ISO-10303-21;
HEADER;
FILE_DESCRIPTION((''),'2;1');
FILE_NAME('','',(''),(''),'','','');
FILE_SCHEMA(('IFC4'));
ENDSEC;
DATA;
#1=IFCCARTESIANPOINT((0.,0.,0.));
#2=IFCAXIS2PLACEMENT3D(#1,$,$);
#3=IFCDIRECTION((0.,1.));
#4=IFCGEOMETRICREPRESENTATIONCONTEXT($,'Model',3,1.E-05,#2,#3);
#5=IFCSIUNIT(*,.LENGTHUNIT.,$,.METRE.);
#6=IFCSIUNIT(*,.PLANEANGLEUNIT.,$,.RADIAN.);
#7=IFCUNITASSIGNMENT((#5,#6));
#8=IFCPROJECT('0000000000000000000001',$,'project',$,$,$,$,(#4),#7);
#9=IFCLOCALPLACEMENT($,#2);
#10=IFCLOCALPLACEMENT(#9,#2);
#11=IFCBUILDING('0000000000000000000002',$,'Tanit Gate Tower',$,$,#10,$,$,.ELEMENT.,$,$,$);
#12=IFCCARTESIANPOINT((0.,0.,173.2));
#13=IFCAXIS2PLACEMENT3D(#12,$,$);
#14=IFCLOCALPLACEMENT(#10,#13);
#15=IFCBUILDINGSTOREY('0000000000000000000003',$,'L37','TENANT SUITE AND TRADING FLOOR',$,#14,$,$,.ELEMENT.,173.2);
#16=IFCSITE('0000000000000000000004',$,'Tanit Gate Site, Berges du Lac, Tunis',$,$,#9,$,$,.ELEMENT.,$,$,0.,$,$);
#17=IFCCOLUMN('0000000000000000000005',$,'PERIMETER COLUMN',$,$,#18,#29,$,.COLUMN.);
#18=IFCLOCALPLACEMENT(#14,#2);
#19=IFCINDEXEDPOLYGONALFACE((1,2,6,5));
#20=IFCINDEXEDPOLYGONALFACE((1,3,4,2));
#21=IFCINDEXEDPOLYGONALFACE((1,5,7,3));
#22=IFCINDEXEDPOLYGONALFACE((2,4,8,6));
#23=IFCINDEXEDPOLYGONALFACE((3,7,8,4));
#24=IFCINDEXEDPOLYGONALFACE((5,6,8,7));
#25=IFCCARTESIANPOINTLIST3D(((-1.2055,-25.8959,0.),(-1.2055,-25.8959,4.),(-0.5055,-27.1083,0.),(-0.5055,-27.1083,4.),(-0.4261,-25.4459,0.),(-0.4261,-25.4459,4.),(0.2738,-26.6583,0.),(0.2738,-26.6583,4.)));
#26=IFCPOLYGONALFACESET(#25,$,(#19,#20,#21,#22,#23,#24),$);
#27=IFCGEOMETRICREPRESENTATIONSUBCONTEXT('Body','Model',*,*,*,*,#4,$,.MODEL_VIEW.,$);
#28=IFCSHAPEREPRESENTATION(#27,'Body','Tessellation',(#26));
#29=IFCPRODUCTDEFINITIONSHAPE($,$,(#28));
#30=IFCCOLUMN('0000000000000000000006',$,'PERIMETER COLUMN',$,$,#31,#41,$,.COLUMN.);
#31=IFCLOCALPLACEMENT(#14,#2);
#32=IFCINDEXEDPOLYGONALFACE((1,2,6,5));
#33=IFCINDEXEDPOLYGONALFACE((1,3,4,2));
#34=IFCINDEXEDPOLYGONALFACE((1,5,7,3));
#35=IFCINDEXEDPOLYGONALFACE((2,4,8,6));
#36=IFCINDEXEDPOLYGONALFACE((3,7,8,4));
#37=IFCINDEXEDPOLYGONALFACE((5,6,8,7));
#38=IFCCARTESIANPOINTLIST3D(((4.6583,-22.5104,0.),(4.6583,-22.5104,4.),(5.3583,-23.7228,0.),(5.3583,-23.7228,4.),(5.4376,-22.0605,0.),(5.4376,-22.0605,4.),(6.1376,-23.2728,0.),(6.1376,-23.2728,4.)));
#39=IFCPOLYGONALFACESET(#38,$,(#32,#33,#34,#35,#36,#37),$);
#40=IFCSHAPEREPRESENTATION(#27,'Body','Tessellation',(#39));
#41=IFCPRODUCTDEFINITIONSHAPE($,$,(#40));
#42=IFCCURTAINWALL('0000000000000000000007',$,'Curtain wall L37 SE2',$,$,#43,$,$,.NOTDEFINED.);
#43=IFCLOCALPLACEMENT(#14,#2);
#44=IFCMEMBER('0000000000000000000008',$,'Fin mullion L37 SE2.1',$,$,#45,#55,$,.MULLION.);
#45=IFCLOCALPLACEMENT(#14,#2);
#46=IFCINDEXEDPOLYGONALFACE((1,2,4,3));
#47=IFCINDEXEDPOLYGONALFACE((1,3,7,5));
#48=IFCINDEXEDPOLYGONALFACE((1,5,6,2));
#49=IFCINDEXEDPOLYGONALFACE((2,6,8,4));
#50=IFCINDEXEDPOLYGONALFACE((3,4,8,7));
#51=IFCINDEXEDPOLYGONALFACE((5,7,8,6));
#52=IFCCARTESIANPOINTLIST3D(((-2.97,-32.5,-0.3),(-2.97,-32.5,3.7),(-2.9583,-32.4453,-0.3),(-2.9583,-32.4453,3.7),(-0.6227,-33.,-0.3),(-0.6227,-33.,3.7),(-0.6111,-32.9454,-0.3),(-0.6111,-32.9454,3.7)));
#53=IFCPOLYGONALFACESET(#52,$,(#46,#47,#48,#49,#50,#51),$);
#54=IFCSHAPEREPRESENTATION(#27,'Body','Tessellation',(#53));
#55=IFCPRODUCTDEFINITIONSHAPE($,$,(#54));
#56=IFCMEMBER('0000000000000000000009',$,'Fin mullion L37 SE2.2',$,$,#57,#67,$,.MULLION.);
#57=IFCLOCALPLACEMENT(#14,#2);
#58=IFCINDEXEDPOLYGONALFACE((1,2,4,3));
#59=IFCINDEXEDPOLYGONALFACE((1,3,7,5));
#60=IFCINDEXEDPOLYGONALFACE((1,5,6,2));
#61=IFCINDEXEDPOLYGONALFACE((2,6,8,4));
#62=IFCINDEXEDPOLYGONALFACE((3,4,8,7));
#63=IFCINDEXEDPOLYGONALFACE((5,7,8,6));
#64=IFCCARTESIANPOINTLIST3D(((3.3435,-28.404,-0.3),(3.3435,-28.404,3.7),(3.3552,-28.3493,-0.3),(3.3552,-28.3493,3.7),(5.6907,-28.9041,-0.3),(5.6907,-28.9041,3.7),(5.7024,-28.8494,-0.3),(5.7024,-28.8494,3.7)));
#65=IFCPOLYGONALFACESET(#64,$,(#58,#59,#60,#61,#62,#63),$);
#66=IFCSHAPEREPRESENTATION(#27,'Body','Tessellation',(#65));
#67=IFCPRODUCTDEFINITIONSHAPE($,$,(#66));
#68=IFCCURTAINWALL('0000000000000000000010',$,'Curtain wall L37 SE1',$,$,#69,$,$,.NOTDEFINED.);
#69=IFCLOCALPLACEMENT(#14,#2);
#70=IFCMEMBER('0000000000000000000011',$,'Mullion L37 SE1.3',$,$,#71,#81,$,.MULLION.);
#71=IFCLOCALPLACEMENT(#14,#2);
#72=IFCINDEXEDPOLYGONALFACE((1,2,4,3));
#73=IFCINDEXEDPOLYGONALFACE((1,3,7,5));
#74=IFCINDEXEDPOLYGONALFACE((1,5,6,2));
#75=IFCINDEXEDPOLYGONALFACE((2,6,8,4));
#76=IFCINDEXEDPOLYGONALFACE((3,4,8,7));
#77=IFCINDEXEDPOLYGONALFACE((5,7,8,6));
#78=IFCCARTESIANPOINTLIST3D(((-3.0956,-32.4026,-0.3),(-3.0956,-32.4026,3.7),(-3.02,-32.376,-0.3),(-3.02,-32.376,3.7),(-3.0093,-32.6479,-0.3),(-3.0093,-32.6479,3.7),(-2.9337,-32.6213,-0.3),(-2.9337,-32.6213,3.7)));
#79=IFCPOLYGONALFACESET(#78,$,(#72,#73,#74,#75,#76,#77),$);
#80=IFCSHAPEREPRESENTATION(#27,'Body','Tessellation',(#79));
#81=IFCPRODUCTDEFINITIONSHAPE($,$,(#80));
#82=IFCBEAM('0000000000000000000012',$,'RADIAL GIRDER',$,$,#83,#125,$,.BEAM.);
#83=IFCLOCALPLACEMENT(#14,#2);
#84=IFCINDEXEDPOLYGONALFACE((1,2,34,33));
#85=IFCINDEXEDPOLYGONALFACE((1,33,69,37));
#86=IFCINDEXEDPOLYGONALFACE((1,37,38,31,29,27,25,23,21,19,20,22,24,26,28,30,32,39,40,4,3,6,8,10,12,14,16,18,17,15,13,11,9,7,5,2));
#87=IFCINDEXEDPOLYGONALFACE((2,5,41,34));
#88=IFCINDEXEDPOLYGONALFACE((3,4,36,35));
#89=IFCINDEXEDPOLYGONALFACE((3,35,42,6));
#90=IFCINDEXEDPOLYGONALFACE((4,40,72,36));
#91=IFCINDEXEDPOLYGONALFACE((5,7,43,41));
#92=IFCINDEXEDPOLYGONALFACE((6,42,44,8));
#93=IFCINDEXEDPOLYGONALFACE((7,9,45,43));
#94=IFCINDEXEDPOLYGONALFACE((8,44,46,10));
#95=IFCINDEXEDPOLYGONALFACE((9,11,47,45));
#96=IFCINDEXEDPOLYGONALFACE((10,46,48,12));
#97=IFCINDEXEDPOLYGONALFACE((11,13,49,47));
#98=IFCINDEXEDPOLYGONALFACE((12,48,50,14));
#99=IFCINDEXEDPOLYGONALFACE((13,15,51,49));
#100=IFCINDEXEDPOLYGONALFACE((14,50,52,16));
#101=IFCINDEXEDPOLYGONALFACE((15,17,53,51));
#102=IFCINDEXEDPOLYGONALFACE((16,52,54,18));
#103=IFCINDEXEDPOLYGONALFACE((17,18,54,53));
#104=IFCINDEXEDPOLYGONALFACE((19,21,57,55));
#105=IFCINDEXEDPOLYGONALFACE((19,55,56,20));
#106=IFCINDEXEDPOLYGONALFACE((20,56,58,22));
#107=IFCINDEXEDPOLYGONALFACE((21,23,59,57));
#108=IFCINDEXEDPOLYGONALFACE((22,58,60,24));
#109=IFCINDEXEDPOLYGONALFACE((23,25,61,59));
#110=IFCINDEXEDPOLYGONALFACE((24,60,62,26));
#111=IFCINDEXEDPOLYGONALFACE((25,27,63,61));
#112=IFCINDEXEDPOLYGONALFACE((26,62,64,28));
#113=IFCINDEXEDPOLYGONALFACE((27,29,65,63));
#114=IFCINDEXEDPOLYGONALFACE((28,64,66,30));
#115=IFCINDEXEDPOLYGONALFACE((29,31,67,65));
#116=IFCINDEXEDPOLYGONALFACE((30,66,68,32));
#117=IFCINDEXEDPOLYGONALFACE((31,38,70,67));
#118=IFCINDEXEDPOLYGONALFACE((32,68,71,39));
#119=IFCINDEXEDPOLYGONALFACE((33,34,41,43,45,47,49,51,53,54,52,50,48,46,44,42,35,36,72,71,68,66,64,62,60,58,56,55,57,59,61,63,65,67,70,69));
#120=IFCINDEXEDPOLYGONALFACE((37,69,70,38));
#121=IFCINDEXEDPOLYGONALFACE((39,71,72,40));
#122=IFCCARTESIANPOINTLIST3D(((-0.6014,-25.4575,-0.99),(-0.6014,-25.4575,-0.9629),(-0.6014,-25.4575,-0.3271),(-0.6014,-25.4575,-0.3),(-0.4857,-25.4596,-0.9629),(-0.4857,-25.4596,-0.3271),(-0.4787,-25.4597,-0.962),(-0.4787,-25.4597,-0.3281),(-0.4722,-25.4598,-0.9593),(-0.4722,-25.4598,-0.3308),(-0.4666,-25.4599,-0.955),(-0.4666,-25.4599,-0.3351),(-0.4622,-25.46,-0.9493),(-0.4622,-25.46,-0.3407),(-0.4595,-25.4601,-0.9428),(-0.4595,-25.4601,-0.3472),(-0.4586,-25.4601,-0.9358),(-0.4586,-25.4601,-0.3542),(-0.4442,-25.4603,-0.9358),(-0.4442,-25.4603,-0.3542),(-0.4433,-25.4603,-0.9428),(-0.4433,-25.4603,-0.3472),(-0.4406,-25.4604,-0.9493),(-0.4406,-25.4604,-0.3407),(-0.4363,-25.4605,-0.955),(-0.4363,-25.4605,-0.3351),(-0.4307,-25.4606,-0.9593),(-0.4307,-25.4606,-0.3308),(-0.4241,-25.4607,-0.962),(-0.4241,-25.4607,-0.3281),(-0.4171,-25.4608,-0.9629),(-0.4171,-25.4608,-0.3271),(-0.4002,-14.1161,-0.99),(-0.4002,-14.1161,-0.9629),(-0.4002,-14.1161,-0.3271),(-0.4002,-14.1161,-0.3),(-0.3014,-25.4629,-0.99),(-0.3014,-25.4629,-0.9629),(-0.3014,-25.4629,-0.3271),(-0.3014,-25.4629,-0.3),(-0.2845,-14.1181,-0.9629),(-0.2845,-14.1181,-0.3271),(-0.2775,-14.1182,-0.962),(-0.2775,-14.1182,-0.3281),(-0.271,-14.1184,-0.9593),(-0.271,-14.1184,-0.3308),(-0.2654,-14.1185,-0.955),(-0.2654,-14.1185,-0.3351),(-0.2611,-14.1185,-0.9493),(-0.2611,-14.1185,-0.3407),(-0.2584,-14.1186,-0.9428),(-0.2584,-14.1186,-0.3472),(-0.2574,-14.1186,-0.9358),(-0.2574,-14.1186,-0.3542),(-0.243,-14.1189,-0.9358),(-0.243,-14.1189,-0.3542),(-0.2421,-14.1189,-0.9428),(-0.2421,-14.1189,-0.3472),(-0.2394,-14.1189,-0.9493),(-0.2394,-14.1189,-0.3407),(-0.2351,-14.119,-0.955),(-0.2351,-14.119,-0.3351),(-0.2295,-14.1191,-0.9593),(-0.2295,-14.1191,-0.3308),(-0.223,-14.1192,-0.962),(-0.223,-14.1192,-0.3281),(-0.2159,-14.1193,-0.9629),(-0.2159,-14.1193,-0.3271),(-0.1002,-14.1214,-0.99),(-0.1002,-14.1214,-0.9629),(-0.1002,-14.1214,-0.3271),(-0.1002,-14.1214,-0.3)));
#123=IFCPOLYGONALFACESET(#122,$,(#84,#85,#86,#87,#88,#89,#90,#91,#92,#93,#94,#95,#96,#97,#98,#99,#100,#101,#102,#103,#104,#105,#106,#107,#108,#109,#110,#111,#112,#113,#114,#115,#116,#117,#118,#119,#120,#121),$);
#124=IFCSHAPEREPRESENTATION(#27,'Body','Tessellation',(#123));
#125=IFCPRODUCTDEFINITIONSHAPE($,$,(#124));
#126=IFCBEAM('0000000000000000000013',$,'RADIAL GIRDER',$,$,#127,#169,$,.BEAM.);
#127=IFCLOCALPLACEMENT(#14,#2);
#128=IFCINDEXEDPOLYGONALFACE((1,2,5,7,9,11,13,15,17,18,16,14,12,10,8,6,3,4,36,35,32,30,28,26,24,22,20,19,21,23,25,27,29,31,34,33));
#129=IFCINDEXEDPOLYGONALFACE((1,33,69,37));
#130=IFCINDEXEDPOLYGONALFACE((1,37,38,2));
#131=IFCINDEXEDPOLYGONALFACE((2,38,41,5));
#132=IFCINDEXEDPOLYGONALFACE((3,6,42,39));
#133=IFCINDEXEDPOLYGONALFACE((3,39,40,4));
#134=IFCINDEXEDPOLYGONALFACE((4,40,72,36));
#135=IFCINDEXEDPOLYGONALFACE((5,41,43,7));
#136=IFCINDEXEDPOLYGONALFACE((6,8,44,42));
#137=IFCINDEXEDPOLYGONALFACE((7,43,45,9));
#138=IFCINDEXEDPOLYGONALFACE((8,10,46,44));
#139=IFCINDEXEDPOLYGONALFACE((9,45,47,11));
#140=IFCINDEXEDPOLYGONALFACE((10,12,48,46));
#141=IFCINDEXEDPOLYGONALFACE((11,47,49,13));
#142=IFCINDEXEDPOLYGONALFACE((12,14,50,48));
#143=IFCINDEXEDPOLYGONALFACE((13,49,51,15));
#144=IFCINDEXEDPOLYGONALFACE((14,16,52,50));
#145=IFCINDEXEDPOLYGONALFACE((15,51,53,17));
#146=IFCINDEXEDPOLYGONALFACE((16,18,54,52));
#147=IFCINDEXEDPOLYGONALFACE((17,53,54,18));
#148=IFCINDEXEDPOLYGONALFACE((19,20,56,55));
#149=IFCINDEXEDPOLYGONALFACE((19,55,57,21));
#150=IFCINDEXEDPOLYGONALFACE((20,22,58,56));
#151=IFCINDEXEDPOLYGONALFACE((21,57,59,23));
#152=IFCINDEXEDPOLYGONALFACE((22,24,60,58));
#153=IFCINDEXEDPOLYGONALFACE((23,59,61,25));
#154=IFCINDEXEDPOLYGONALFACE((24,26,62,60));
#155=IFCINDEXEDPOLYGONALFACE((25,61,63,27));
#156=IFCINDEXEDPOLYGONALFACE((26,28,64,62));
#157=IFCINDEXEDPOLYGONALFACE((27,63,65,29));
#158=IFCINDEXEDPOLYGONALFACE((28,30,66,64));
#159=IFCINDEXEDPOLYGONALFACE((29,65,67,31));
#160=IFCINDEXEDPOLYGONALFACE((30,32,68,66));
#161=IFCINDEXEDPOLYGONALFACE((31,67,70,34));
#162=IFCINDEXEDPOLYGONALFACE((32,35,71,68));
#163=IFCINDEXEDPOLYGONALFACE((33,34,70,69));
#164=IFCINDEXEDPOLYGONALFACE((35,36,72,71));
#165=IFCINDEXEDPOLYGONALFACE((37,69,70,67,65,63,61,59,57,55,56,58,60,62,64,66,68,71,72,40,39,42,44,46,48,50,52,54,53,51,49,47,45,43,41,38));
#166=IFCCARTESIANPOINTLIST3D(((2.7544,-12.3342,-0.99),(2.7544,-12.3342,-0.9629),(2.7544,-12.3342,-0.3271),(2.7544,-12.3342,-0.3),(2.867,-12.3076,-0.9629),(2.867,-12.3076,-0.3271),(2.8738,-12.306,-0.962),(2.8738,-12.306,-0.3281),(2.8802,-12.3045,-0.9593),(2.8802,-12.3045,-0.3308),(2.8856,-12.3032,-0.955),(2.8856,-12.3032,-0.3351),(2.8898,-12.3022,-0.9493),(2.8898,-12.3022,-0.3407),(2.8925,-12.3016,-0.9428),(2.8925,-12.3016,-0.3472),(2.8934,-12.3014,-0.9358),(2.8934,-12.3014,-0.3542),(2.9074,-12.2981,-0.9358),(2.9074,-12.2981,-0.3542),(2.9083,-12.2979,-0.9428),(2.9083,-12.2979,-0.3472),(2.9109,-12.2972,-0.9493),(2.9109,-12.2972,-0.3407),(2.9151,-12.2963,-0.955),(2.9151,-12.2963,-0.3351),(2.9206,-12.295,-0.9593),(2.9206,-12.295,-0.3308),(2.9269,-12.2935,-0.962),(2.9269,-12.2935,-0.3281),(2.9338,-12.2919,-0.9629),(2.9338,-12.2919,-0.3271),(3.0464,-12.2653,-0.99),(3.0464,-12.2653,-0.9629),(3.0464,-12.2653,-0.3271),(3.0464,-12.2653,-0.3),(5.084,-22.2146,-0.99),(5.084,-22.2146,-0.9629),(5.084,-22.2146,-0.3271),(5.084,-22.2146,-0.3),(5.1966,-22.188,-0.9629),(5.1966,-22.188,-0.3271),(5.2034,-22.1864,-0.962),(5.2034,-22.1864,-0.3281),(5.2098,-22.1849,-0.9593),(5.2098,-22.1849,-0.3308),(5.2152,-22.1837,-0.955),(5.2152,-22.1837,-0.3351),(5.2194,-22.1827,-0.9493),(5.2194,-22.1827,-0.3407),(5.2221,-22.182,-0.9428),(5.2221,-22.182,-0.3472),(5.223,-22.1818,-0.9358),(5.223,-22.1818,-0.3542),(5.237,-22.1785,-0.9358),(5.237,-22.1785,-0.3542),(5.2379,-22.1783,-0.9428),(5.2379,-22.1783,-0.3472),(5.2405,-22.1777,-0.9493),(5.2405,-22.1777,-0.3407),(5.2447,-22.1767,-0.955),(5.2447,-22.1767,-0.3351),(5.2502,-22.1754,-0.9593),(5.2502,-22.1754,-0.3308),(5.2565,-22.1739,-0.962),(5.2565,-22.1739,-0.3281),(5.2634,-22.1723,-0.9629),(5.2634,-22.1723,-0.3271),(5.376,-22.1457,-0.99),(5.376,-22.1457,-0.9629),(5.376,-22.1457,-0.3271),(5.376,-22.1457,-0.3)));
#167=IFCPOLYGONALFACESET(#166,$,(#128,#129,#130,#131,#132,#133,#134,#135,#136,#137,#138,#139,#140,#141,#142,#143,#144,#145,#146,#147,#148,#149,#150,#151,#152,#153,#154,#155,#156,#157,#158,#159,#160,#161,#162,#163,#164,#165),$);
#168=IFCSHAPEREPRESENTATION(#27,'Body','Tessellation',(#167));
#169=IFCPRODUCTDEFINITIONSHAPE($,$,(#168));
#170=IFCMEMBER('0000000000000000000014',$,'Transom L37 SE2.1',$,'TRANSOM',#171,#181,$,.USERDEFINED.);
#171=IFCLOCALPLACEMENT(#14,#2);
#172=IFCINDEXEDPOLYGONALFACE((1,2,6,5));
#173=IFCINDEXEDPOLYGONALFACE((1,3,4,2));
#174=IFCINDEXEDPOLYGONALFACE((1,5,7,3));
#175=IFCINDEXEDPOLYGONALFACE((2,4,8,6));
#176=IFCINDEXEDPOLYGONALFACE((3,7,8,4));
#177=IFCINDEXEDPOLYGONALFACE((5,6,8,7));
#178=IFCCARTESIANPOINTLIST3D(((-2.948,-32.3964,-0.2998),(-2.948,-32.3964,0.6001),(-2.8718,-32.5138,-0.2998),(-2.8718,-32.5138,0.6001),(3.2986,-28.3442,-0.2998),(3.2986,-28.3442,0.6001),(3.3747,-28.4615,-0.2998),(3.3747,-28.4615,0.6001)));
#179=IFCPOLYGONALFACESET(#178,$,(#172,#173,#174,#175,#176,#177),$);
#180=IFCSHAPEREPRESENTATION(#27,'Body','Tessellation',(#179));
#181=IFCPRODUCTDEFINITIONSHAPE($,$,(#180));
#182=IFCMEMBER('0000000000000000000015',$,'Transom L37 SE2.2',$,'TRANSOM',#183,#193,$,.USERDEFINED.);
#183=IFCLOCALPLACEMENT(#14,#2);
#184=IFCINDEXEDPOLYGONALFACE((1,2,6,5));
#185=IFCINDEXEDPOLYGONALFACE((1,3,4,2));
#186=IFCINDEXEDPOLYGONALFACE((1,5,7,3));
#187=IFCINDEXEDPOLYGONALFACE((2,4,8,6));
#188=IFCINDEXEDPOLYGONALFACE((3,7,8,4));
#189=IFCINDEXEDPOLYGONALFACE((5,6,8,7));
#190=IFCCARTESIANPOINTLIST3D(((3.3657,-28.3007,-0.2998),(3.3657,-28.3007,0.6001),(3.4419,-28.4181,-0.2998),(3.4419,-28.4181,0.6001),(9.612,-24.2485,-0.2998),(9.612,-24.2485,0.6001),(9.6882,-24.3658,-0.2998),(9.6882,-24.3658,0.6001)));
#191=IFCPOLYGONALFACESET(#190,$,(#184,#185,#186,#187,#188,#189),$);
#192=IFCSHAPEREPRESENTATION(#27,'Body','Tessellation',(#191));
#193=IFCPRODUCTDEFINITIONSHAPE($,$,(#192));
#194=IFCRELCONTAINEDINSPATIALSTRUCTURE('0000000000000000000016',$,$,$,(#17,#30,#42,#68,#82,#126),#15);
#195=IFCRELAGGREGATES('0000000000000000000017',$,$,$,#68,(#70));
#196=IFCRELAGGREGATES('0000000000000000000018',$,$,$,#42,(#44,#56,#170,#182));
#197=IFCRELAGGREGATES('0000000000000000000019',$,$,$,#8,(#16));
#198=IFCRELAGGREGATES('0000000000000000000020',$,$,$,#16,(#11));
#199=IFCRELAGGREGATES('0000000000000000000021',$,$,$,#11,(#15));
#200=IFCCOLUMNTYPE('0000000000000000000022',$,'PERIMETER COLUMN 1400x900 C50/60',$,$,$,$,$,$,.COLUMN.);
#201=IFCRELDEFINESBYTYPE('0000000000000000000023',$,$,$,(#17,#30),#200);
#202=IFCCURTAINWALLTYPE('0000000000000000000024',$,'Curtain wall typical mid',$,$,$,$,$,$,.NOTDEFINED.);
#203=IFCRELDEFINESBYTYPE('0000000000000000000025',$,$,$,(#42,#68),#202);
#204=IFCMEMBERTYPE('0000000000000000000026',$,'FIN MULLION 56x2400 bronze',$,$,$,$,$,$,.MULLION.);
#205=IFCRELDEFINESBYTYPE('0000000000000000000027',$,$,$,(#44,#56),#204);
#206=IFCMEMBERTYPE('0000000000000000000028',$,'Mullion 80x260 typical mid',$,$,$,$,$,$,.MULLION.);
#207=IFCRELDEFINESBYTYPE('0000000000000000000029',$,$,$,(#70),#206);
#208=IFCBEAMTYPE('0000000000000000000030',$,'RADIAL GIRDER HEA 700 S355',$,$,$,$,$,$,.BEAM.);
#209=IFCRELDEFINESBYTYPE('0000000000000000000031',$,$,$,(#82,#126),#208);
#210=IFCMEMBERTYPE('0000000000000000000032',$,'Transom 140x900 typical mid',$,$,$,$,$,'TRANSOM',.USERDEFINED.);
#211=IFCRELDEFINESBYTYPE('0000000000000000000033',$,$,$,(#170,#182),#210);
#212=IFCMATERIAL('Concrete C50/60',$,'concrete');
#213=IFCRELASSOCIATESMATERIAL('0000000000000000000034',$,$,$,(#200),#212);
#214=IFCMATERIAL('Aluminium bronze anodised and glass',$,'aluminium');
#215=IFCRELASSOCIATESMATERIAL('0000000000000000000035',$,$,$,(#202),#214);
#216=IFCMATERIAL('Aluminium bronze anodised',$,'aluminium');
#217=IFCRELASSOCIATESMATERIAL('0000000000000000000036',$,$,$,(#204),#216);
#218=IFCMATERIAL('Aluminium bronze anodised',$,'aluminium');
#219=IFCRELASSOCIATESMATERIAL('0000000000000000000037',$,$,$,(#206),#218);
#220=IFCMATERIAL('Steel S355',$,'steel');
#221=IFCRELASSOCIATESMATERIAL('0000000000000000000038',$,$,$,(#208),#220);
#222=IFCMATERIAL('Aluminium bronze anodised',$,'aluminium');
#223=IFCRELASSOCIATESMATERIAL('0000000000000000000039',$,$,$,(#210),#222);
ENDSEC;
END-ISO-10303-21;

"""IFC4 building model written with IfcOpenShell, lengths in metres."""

from ifc_helpers import new_model, si_unit, direction, frame, origin, origin_2d, place, context, subcontext, project, spatial, rectangle, i_section, extrude, material, material_profile, profile_set, type_object, element, aggregate, save


model = new_model("IFC4")

# Units and contexts
model_context = context("Model", 3, precision=1e-05, world=origin(), true_north=direction((0.0, 1.0)))
body_context = subcontext(model_context, "Body", "Model", "MODEL_VIEW")
ifc_project = project(units=[si_unit("LENGTHUNIT", "METRE"), si_unit("PLANEANGLEUNIT", "RADIAN")], contexts=[model_context])

# Site, building, storey
site_placement = place(None, origin())
site = spatial("IfcSite", under=ifc_project, at=site_placement, Name="Tanit Gate Site, Berges du Lac, Tunis", CompositionType="ELEMENT", RefElevation=0.0)
building_placement = place(site_placement, origin())
building = spatial("IfcBuilding", under=site, at=building_placement, Name="Tanit Gate Tower", CompositionType="ELEMENT")
storey_placement = place(building_placement, frame((0.0, 0.0, 173.2)))
storey = spatial("IfcBuildingStorey", under=building, at=storey_placement, Name="L37", Description="TENANT SUITE AND TRADING FLOOR", CompositionType="ELEMENT", Elevation=173.2)

# Columns
ifc_material_1 = material(Name="Concrete C50/60", Category="concrete")
ifc_material_profile_1 = material_profile(ifc_material_1, rectangle(XDim=1.3999, YDim=0.8999, at=origin_2d()), Name="RC 1400x900")
ifc_profile_set_1 = profile_set([ifc_material_profile_1], Name="Concrete C50/60")
column_type = type_object("IfcColumnType", Name="PERIMETER COLUMN 1400x900 C50/60", PredefinedType="COLUMN", material=ifc_profile_set_1)
for number, where, z_axis, x_axis, name in (
    (1, (-0.4658, -26.2771, 0.0), (0.0, 0.0, 1.0), (0.5, -0.866025, 0.0), "PERIMETER COLUMN"),
    (2, (5.3979, -22.8916, 0.0), (0.0, 0.0, 1.0), (0.5, -0.866025, 0.0), "PERIMETER COLUMN"),
):
    element("IfcColumn", number, at=place(storey_placement, frame(where, z_axis=z_axis, x_axis=x_axis)), inside=storey, type_object=column_type, Name=name, PredefinedType="COLUMN", context=body_context, shape_type="SweptSolid", body=[
        extrude(rectangle(XDim=1.3999, YDim=0.8999, at=origin_2d()), origin(), (0.0, 0.0, 1.0), 4.0),
    ])

# Curtain wall, members
ifc_material_2 = material(Name="Aluminium bronze anodised and glass", Category="aluminium")
curtain_wall_type = type_object("IfcCurtainWallType", Name="Curtain wall typical mid", PredefinedType="NOTDEFINED", material=ifc_material_2)
curtain_wall_1_placement = place(storey_placement, origin())
curtain_wall_1 = element("IfcCurtainWall", 3, at=curtain_wall_1_placement, inside=storey, type_object=curtain_wall_type, Name="Curtain wall L37 SE2", PredefinedType="NOTDEFINED")
ifc_material_3 = material(Name="Aluminium bronze anodised", Category="aluminium")
ifc_material_profile_2 = material_profile(ifc_material_3, rectangle(XDim=2.3999, YDim=0.0559, at=origin_2d()), Name="56x2400 bronze fin mullion")
ifc_profile_set_2 = profile_set([ifc_material_profile_2], Name="Aluminium bronze anodised")
member_type_1 = type_object("IfcMemberType", Name="FIN MULLION 56x2400 bronze", PredefinedType="MULLION", material=ifc_profile_set_2)
member_1_placement = place(storey_placement, frame((-1.7905, -32.7227, -0.3), z_axis=(0.0, 0.0, 1.0), x_axis=(-0.978049, 0.208373, 0.0)))
member_1 = element("IfcMember", 4, at=member_1_placement, type_object=member_type_1, Name="Fin mullion L37 SE2.1", PredefinedType="MULLION", context=body_context, shape_type="SweptSolid", body=[
    extrude(rectangle(XDim=2.3999, YDim=0.0559, at=origin_2d()), origin(), (0.0, 0.0, 1.0), 4.0),
])
member_2_placement = place(storey_placement, frame((4.5229, -28.6267, -0.3), z_axis=(0.0, 0.0, 1.0), x_axis=(-0.978049, 0.208373, 0.0)))
member_2 = element("IfcMember", 5, at=member_2_placement, type_object=member_type_1, Name="Fin mullion L37 SE2.2", PredefinedType="MULLION", context=body_context, shape_type="SweptSolid", body=[
    extrude(rectangle(XDim=2.3999, YDim=0.0559, at=origin_2d()), origin(), (0.0, 0.0, 1.0), 4.0),
])

# Curtain wall, member
curtain_wall_2_placement = place(storey_placement, origin())
curtain_wall_2 = element("IfcCurtainWall", 6, at=curtain_wall_2_placement, inside=storey, type_object=curtain_wall_type, Name="Curtain wall L37 SE1", PredefinedType="NOTDEFINED")
ifc_material_4 = material(Name="Aluminium bronze anodised", Category="aluminium")
ifc_material_profile_3 = material_profile(ifc_material_4, rectangle(XDim=0.26, YDim=0.0801, at=origin_2d()), Name="80x260 bronze mullion")
ifc_profile_set_3 = profile_set([ifc_material_profile_3], Name="Aluminium bronze anodised")
member_type_2 = type_object("IfcMemberType", Name="Mullion 80x260 typical mid", PredefinedType="MULLION", material=ifc_profile_set_3)
member_3_placement = place(storey_placement, frame((-3.0146, -32.512, -0.3), z_axis=(0.0, 0.0, 1.0), x_axis=(-0.331926, 0.943305, 0.0)))
member_3 = element("IfcMember", 7, at=member_3_placement, type_object=member_type_2, Name="Mullion L37 SE1.3", PredefinedType="MULLION", context=body_context, shape_type="SweptSolid", body=[
    extrude(rectangle(XDim=0.26, YDim=0.0801, at=origin_2d()), origin(), (0.0, 0.0, 1.0), 4.0),
])
aggregate(curtain_wall_2, [member_3])

# Beams
ifc_material_5 = material(Name="Steel S355", Category="steel")
ifc_material_profile_4 = material_profile(ifc_material_5, i_section(OverallWidth=0.3, OverallDepth=0.6899, WebThickness=0.0144, FlangeThickness=0.0271, FilletRadius=0.0271, at=origin_2d()), Name="HEA 700")
ifc_profile_set_4 = profile_set([ifc_material_profile_4], Name="Steel S355")
beam_type = type_object("IfcBeamType", Name="RADIAL GIRDER HEA 700 S355", PredefinedType="BEAM", material=ifc_profile_set_4)
beam_1_placement = place(storey_placement, frame((-0.4514, -25.4602, -0.645), z_axis=(0.017735, 0.999843, 0.0), x_axis=(-0.999843, 0.017735, 0.0)))
element("IfcBeam", 8, at=beam_1_placement, inside=storey, type_object=beam_type, Name="RADIAL GIRDER", PredefinedType="BEAM", context=body_context, shape_type="SweptSolid", body=[
    extrude(i_section(OverallWidth=0.3, OverallDepth=0.6899, WebThickness=0.0144, FlangeThickness=0.0271, FilletRadius=0.0271, at=origin_2d()), origin(), (0.0, 0.0, 1.0), 11.3433),
])
beam_2_placement = place(storey_placement, frame((5.23, -22.1802, -0.645), z_axis=(-0.229487, 0.973312, 0.0), x_axis=(-0.973312, -0.229487, 0.0)))
element("IfcBeam", 9, at=beam_2_placement, inside=storey, type_object=beam_type, Name="RADIAL GIRDER", PredefinedType="BEAM", context=body_context, shape_type="SweptSolid", body=[
    extrude(i_section(OverallWidth=0.3, OverallDepth=0.6899, WebThickness=0.0144, FlangeThickness=0.0271, FilletRadius=0.0271, at=origin_2d()), origin(), (0.0, 0.0, 1.0), 10.1514),
])

# Members
ifc_material_6 = material(Name="Aluminium bronze anodised", Category="aluminium")
ifc_material_profile_5 = material_profile(ifc_material_6, rectangle(XDim=0.1399, YDim=0.8999, at=origin_2d()), Name="140x900 bronze transom")
ifc_profile_set_5 = profile_set([ifc_material_profile_5], Name="Aluminium bronze anodised")
member_type_3 = type_object("IfcMemberType", Name="Transom 140x900 typical mid", ElementType="TRANSOM", PredefinedType="USERDEFINED", material=ifc_profile_set_5)
member_4_placement = place(storey_placement, frame((-2.9099, -32.4551, 0.1501), z_axis=(0.838936, 0.54423, 0.0), x_axis=(-0.54423, 0.838936, 0.0)))
member_4 = element("IfcMember", 10, at=member_4_placement, type_object=member_type_3, Name="Transom L37 SE2.1", ObjectType="TRANSOM", PredefinedType="USERDEFINED", context=body_context, shape_type="SweptSolid", body=[
    extrude(rectangle(XDim=0.1399, YDim=0.8999, at=origin_2d()), origin(), (0.0, 0.0, 1.0), 7.4458),
])
member_5_placement = place(storey_placement, frame((3.4038, -28.3594, 0.1501), z_axis=(0.838926, 0.544245, 0.0), x_axis=(-0.544245, 0.838926, 0.0)))
member_5 = element("IfcMember", 11, at=member_5_placement, type_object=member_type_3, Name="Transom L37 SE2.2", ObjectType="TRANSOM", PredefinedType="USERDEFINED", context=body_context, shape_type="SweptSolid", body=[
    extrude(rectangle(XDim=0.1399, YDim=0.8999, at=origin_2d()), origin(), (0.0, 0.0, 1.0), 7.4456),
])

aggregate(curtain_wall_1, [member_1, member_2, member_4, member_5])

save(model, "model.ifc")
